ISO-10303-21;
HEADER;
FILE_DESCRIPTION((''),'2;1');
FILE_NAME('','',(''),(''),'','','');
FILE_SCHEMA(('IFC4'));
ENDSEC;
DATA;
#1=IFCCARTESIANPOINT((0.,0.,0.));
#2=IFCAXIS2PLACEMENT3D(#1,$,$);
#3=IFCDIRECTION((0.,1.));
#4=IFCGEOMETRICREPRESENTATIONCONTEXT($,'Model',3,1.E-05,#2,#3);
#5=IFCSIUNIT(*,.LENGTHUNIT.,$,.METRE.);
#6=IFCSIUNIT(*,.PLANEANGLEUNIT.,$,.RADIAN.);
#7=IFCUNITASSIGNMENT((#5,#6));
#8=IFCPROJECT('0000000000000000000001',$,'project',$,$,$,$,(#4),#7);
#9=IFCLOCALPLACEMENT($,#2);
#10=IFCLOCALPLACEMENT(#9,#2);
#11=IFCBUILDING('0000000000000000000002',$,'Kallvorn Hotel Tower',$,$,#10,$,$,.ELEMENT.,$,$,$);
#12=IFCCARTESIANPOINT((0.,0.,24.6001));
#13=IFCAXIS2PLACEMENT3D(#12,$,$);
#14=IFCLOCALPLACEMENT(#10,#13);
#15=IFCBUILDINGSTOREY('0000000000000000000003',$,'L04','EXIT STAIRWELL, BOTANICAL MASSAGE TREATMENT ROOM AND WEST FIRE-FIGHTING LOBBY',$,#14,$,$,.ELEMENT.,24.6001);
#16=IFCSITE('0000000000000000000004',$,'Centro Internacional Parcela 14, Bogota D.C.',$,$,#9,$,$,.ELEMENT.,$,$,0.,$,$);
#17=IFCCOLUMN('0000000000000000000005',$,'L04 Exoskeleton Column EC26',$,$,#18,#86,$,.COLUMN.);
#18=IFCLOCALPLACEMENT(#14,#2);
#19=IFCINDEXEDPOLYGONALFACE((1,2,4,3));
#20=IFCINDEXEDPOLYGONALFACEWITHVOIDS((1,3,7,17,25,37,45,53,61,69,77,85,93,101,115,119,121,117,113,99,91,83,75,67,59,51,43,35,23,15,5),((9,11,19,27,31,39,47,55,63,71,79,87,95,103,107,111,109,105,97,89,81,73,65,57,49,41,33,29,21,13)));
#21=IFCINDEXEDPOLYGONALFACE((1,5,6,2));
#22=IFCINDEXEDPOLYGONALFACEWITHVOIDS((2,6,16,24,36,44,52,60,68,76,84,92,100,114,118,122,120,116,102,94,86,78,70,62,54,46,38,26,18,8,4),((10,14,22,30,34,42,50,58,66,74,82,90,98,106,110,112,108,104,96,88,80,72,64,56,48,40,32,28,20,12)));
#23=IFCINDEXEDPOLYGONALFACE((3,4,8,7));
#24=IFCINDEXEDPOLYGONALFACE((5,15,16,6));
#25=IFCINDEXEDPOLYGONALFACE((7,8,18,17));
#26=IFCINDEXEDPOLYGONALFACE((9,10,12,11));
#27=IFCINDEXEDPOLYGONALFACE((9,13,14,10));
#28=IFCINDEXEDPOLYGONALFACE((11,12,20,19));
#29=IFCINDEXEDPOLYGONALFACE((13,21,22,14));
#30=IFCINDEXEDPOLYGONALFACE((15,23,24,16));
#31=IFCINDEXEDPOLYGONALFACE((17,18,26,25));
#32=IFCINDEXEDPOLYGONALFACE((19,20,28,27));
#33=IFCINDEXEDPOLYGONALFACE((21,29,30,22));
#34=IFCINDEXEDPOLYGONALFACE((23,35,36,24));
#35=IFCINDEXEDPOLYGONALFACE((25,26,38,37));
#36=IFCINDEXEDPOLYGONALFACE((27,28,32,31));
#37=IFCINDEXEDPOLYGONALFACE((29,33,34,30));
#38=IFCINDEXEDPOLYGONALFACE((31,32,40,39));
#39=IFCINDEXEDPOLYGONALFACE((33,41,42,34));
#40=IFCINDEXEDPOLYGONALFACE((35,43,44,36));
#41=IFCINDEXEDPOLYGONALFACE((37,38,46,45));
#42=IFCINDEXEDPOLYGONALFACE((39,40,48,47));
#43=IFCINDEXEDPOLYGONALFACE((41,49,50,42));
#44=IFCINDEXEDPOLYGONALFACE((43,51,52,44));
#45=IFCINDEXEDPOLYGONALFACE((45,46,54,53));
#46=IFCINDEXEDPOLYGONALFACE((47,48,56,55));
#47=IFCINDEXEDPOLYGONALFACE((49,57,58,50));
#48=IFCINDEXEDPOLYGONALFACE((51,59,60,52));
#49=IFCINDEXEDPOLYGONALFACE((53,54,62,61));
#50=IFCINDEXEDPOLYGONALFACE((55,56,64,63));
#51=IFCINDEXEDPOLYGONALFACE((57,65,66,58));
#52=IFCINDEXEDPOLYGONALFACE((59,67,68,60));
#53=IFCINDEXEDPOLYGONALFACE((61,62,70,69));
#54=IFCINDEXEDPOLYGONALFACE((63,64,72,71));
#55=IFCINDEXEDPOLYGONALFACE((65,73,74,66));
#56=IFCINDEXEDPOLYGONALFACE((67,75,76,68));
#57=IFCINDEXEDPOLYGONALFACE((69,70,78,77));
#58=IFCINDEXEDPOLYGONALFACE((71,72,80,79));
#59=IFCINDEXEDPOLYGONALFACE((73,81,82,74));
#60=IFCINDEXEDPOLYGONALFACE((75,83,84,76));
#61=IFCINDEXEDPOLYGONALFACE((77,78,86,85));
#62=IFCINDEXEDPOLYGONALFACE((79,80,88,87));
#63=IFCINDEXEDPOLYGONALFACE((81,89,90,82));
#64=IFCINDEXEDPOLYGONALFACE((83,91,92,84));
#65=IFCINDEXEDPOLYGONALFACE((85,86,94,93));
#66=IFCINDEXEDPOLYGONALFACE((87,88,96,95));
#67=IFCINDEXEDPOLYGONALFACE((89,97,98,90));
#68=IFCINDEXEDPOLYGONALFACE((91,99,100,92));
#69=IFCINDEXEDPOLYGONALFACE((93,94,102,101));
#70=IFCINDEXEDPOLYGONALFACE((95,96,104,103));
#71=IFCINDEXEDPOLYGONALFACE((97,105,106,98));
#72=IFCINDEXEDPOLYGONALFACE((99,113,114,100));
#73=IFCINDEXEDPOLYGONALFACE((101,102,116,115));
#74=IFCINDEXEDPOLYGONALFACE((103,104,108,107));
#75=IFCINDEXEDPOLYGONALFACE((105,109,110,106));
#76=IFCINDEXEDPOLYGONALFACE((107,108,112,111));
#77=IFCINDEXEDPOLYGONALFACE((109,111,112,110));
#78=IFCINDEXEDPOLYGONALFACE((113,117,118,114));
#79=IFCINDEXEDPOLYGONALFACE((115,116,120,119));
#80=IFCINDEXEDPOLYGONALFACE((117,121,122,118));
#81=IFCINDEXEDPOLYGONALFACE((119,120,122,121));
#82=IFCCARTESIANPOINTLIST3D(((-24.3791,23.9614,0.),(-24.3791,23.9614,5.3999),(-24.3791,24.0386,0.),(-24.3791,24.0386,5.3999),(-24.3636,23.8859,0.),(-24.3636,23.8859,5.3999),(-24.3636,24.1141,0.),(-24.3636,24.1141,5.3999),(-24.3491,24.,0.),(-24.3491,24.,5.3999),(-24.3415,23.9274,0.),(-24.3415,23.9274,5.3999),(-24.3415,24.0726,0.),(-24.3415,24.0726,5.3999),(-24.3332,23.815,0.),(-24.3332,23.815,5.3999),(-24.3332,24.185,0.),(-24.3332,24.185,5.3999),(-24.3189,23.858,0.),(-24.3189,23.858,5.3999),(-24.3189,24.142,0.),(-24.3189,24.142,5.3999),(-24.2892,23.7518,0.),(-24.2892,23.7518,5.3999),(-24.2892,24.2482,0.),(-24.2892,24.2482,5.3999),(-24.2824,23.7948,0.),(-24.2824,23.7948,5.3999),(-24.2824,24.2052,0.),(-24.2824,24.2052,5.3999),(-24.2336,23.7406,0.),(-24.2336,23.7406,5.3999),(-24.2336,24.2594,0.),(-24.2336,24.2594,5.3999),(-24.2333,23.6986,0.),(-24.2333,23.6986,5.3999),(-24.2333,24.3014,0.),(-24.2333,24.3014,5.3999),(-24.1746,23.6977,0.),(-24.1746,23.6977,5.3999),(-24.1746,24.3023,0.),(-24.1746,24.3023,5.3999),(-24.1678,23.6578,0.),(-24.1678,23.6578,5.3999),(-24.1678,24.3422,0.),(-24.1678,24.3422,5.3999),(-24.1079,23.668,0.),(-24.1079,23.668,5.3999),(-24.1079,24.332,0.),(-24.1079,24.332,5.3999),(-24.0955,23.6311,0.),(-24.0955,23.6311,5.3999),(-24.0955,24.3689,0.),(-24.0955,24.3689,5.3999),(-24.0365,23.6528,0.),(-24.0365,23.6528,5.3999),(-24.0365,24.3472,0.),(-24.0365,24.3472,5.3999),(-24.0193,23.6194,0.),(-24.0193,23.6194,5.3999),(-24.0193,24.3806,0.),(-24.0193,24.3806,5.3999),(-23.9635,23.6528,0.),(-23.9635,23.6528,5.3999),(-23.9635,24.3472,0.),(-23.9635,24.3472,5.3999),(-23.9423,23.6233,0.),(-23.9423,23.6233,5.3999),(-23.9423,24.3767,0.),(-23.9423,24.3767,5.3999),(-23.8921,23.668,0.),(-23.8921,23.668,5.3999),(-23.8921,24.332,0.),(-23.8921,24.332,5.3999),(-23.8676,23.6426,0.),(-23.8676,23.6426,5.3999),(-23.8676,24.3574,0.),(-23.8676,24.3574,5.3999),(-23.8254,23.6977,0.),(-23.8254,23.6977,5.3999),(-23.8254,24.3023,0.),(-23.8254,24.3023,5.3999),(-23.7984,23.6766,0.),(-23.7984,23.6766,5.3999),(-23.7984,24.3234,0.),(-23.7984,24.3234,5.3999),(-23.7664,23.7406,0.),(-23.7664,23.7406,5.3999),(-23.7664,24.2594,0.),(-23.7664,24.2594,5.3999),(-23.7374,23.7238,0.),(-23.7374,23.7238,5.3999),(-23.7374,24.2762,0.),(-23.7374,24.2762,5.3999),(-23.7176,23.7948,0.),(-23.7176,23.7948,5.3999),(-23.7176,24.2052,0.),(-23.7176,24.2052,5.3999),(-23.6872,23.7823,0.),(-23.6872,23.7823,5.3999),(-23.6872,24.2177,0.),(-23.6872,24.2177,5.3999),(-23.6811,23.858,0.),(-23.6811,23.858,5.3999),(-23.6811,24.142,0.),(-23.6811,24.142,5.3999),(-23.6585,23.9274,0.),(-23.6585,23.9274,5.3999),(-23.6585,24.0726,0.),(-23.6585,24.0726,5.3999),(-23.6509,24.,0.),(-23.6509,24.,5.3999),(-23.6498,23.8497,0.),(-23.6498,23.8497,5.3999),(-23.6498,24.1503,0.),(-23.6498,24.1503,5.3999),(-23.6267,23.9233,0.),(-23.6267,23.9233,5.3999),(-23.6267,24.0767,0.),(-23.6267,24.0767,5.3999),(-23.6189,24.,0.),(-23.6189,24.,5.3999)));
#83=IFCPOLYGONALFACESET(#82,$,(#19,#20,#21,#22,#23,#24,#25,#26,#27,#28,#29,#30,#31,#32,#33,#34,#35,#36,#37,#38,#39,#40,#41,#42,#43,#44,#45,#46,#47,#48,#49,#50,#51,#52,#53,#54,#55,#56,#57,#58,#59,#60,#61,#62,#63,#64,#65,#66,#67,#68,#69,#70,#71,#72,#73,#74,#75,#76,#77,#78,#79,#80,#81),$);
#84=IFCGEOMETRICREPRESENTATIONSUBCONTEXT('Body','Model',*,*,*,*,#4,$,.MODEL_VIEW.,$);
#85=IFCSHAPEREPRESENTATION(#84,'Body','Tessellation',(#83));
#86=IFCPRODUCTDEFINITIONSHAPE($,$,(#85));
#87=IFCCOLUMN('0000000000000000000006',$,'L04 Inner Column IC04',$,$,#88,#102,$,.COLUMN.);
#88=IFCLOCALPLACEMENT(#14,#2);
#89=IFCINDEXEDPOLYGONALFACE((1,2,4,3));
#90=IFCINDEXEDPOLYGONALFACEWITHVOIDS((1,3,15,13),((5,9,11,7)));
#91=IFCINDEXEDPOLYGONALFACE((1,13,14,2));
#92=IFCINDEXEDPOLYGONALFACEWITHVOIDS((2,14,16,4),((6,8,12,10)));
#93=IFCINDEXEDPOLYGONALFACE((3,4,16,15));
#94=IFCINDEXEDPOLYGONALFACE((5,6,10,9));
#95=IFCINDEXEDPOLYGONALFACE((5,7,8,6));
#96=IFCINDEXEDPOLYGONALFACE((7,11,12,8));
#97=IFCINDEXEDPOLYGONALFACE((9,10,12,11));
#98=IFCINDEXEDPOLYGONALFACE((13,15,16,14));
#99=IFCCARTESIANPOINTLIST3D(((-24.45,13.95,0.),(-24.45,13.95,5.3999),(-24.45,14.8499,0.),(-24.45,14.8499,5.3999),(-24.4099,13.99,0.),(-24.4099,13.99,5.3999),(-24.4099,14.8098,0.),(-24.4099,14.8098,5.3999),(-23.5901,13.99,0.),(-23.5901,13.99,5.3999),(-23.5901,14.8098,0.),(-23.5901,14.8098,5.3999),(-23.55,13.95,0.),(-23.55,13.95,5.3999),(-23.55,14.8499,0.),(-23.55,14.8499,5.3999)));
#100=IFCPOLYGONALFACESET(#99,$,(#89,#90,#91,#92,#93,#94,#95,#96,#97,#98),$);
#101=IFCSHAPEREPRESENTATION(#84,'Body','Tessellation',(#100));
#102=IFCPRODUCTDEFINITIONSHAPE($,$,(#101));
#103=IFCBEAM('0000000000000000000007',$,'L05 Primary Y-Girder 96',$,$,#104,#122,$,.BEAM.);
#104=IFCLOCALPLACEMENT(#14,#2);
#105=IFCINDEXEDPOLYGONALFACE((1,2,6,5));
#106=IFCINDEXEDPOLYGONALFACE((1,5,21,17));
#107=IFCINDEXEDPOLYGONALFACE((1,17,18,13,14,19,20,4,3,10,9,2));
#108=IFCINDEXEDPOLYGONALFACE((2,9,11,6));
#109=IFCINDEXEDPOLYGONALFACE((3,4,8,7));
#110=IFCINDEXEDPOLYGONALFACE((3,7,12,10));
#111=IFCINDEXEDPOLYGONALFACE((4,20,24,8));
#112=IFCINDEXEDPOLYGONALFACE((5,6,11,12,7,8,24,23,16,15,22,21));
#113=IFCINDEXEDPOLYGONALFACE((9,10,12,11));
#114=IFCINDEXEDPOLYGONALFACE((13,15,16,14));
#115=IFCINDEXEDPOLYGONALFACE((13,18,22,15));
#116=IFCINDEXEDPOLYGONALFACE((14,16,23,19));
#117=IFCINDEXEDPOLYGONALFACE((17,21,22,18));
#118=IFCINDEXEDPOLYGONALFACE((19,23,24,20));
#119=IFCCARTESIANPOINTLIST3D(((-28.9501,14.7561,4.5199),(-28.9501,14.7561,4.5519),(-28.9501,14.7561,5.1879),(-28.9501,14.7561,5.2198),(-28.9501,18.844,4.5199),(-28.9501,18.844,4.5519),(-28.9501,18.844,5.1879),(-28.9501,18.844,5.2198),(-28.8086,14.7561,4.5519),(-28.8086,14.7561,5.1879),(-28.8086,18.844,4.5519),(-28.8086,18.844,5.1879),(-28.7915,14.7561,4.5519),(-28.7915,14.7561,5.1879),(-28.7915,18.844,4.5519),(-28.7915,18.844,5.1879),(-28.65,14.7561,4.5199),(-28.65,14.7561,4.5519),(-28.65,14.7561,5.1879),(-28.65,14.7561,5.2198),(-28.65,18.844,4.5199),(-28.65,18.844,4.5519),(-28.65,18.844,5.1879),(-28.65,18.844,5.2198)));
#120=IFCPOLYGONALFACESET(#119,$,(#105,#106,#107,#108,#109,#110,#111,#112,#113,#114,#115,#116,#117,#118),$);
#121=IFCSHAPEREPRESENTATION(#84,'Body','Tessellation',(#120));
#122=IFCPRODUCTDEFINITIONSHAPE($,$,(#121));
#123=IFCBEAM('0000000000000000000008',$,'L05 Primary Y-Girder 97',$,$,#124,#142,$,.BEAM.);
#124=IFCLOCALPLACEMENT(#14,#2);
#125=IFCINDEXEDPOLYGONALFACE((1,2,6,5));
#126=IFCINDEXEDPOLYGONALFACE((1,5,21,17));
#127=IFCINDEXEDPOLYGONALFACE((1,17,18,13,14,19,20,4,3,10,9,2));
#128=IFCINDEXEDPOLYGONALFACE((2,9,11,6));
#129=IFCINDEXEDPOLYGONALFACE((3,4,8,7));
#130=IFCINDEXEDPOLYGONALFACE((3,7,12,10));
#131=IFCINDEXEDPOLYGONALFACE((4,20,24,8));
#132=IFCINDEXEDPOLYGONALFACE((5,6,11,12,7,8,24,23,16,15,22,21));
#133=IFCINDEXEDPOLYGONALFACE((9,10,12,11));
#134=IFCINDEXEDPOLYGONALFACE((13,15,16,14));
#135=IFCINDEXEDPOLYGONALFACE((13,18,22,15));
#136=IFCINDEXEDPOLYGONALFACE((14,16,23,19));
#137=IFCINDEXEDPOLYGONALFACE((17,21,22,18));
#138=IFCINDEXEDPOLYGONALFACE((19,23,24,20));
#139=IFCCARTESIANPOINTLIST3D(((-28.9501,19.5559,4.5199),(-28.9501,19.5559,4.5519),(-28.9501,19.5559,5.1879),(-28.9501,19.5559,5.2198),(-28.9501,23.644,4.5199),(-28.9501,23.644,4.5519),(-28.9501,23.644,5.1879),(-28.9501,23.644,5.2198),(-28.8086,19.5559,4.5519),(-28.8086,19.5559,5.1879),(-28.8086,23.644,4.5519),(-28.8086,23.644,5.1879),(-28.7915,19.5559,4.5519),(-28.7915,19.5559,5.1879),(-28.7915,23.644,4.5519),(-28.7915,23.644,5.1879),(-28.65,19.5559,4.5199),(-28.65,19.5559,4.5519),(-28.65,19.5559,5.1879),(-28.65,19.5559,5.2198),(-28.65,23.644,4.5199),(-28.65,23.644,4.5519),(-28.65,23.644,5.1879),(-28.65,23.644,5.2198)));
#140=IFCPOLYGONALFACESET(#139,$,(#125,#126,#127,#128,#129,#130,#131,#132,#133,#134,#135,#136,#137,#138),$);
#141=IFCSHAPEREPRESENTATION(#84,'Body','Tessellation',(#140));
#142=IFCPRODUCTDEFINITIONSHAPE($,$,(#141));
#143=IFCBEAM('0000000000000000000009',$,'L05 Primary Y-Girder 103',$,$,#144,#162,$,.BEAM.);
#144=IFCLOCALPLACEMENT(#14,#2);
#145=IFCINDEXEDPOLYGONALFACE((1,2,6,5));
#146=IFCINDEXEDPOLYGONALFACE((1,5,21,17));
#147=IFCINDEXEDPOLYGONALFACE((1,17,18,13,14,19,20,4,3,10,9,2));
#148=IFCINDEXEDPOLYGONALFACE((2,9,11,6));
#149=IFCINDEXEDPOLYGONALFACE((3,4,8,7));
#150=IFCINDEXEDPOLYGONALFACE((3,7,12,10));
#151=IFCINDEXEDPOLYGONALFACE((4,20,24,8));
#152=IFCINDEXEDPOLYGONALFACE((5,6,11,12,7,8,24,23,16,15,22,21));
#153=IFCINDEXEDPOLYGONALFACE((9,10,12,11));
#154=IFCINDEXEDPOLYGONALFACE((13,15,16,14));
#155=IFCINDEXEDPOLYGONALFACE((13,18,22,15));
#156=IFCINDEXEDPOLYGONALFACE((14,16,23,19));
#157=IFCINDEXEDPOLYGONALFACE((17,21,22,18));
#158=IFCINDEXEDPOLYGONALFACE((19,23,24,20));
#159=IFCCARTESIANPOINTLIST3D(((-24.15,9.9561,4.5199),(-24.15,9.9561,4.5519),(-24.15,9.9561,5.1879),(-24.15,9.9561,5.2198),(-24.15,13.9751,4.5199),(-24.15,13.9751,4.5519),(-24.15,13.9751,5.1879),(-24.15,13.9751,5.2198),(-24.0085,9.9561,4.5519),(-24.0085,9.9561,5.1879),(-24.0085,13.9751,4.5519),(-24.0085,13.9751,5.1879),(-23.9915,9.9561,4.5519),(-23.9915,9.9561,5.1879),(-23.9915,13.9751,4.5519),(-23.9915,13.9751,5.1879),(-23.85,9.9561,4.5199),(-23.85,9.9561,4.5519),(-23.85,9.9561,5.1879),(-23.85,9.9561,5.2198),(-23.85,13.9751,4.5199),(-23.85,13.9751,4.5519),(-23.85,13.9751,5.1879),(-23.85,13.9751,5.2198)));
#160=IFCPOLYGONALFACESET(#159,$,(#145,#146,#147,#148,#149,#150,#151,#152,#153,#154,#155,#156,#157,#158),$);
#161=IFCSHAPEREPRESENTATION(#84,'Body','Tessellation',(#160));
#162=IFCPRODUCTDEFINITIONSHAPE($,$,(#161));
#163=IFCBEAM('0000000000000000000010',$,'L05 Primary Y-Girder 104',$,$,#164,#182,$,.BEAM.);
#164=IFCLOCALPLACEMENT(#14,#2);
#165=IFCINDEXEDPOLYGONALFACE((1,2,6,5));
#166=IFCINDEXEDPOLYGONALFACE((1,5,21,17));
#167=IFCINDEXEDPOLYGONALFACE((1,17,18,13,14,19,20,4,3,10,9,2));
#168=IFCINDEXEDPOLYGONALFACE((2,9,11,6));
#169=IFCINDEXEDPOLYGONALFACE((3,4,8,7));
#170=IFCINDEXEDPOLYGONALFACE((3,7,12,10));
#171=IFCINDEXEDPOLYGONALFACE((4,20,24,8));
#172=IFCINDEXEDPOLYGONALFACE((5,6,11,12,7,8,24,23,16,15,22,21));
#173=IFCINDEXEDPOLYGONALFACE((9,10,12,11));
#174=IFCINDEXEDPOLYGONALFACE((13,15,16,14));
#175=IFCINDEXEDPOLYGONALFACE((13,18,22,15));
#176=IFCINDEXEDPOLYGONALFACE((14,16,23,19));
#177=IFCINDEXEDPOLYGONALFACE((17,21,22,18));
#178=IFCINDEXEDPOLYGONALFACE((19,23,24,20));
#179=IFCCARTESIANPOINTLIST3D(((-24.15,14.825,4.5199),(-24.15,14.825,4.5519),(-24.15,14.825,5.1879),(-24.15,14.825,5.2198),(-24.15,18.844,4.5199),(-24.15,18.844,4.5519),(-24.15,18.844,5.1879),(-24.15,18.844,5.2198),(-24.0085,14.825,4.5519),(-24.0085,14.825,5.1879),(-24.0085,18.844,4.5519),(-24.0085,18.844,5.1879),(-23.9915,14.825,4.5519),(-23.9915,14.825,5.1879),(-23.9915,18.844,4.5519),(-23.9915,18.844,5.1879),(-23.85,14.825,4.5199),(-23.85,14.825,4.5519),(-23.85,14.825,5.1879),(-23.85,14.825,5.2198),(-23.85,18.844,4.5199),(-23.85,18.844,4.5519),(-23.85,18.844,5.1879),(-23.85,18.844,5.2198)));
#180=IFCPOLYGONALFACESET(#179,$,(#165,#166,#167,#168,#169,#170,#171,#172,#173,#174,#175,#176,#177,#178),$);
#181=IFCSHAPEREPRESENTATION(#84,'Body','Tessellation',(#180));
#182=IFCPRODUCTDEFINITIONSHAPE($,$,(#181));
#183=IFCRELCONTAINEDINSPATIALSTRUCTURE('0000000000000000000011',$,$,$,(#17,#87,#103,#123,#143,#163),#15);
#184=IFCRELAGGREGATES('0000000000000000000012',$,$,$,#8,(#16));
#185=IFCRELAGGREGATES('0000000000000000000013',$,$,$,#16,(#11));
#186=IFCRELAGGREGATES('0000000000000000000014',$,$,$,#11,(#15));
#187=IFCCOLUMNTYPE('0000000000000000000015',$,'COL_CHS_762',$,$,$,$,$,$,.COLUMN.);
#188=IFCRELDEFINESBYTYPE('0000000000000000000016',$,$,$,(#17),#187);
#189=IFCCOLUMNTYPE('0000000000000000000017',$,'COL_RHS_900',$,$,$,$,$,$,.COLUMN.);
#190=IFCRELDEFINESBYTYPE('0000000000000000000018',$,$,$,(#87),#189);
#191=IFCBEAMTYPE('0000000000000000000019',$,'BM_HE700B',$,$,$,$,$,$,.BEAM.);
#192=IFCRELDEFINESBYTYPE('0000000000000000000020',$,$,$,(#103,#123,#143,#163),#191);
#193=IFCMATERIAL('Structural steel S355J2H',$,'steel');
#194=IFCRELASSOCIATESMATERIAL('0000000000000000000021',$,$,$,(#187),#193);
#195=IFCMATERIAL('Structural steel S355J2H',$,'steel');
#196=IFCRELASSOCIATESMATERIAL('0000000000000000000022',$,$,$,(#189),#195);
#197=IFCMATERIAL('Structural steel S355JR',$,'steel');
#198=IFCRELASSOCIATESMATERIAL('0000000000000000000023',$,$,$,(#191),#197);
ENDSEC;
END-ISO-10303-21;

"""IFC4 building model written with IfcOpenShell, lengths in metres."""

from ifc_helpers import new_model, si_unit, direction, frame, origin, origin_2d, place, context, subcontext, project, spatial, hollow_rectangle, hollow_circle, i_section, extrude, material, material_profile, profile_set, type_object, element, save


model = new_model("IFC4")

# Units and contexts
model_context = context("Model", 3, precision=1e-05, world=origin(), true_north=direction((0.0, 1.0)))
body_context = subcontext(model_context, "Body", "Model", "MODEL_VIEW")
ifc_project = project(units=[si_unit("LENGTHUNIT", "METRE"), si_unit("PLANEANGLEUNIT", "RADIAN")], contexts=[model_context])

# Site, building, storey
site_placement = place(None, origin())
site = spatial("IfcSite", under=ifc_project, at=site_placement, Name="Centro Internacional Parcela 14, Bogota D.C.", CompositionType="ELEMENT", RefElevation=0.0)
building_placement = place(site_placement, origin())
building = spatial("IfcBuilding", under=site, at=building_placement, Name="Kallvorn Hotel Tower", CompositionType="ELEMENT")
storey_placement = place(building_placement, frame((0.0, 0.0, 24.6001)))
storey = spatial("IfcBuildingStorey", under=building, at=storey_placement, Name="L04", Description="EXIT STAIRWELL, BOTANICAL MASSAGE TREATMENT ROOM AND WEST FIRE-FIGHTING LOBBY", CompositionType="ELEMENT", Elevation=24.6001)

# Columns
ifc_material_1 = material(Name="Structural steel S355J2H", Category="steel")
ifc_material_profile_1 = material_profile(ifc_material_1, hollow_circle(Radius=0.3811, WallThickness=0.032, at=origin_2d()), Name="CHS 762x32")
ifc_profile_set_1 = profile_set([ifc_material_profile_1], Name="Structural steel S355J2H")
column_type_1 = type_object("IfcColumnType", Name="COL_CHS_762", PredefinedType="COLUMN", material=ifc_profile_set_1)
for number, where, z_axis, x_axis, name in (
    (1, (-24.0, 24.0, 0.0), (0.0, 0.0, 1.0), (1.0, 0.0, 0.0), "L04 Exoskeleton Column EC26"),
):
    element("IfcColumn", number, at=place(storey_placement, frame(where, z_axis=z_axis, x_axis=x_axis)), inside=storey, type_object=column_type_1, Name=name, PredefinedType="COLUMN", context=body_context, shape_type="SweptSolid", body=[
        extrude(hollow_circle(Radius=0.3811, WallThickness=0.032, at=origin_2d()), origin(), (0.0, 0.0, 1.0), 5.3999),
    ])
ifc_material_2 = material(Name="Structural steel S355J2H", Category="steel")
ifc_material_profile_2 = material_profile(ifc_material_2, hollow_rectangle(XDim=0.8999, YDim=0.8999, WallThickness=0.04, at=origin_2d()), Name="RHS 900x900x40")
ifc_profile_set_2 = profile_set([ifc_material_profile_2], Name="Structural steel S355J2H")
column_type_2 = type_object("IfcColumnType", Name="COL_RHS_900", PredefinedType="COLUMN", material=ifc_profile_set_2)
column_placement = place(storey_placement, frame((-24.0, 14.3999, 0.0), z_axis=(0.0, 0.0, 1.0), x_axis=(1.0, 0.0, 0.0)))
element("IfcColumn", 2, at=column_placement, inside=storey, type_object=column_type_2, Name="L04 Inner Column IC04", PredefinedType="COLUMN", context=body_context, shape_type="SweptSolid", body=[
    extrude(hollow_rectangle(XDim=0.8999, YDim=0.8999, WallThickness=0.04, at=origin_2d()), origin(), (0.0, 0.0, 1.0), 5.3999),
])

# Beams
ifc_material_3 = material(Name="Structural steel S355JR", Category="steel")
ifc_material_profile_3 = material_profile(ifc_material_3, i_section(OverallWidth=0.3, OverallDepth=0.7, WebThickness=0.0171, FlangeThickness=0.032, at=origin_2d()), Name="HE 700 B")
ifc_profile_set_3 = profile_set([ifc_material_profile_3], Name="Structural steel S355JR")
beam_type_1 = type_object("IfcBeamType", Name="BM_HE700B", PredefinedType="BEAM", material=ifc_profile_set_3)
beam_1_placement = place(storey_placement, frame((-28.8, 14.7561, 4.8699), z_axis=(0.0, 1.0, 0.0), x_axis=(-1.0, 0.0, 0.0)))
element("IfcBeam", 3, at=beam_1_placement, inside=storey, type_object=beam_type_1, Name="L05 Primary Y-Girder 96", PredefinedType="BEAM", context=body_context, shape_type="SweptSolid", body=[
    extrude(i_section(OverallWidth=0.3, OverallDepth=0.7, WebThickness=0.0171, FlangeThickness=0.032, at=origin_2d()), origin(), (0.0, 0.0, 1.0), 4.0879),
])
beam_2_placement = place(storey_placement, frame((-28.8, 19.5559, 4.8699), z_axis=(0.0, 1.0, 0.0), x_axis=(-1.0, 0.0, 0.0)))
element("IfcBeam", 4, at=beam_2_placement, inside=storey, type_object=beam_type_1, Name="L05 Primary Y-Girder 97", PredefinedType="BEAM", context=body_context, shape_type="SweptSolid", body=[
    extrude(i_section(OverallWidth=0.3, OverallDepth=0.7, WebThickness=0.0171, FlangeThickness=0.032, at=origin_2d()), origin(), (0.0, 0.0, 1.0), 4.0881),
])
for number, where, z_axis, x_axis, name in (
    (5, (-24.0, 9.9561, 4.8699), (0.0, 1.0, 0.0), (-1.0, 0.0, 0.0), "L05 Primary Y-Girder 103"),
    (6, (-24.0, 14.825, 4.8699), (0.0, 1.0, 0.0), (-1.0, 0.0, 0.0), "L05 Primary Y-Girder 104"),
):
    element("IfcBeam", number, at=place(storey_placement, frame(where, z_axis=z_axis, x_axis=x_axis)), inside=storey, type_object=beam_type_1, Name=name, PredefinedType="BEAM", context=body_context, shape_type="SweptSolid", body=[
        extrude(i_section(OverallWidth=0.3, OverallDepth=0.7, WebThickness=0.0171, FlangeThickness=0.032, at=origin_2d()), origin(), (0.0, 0.0, 1.0), 4.019),
    ])

save(model, "model.ifc")
